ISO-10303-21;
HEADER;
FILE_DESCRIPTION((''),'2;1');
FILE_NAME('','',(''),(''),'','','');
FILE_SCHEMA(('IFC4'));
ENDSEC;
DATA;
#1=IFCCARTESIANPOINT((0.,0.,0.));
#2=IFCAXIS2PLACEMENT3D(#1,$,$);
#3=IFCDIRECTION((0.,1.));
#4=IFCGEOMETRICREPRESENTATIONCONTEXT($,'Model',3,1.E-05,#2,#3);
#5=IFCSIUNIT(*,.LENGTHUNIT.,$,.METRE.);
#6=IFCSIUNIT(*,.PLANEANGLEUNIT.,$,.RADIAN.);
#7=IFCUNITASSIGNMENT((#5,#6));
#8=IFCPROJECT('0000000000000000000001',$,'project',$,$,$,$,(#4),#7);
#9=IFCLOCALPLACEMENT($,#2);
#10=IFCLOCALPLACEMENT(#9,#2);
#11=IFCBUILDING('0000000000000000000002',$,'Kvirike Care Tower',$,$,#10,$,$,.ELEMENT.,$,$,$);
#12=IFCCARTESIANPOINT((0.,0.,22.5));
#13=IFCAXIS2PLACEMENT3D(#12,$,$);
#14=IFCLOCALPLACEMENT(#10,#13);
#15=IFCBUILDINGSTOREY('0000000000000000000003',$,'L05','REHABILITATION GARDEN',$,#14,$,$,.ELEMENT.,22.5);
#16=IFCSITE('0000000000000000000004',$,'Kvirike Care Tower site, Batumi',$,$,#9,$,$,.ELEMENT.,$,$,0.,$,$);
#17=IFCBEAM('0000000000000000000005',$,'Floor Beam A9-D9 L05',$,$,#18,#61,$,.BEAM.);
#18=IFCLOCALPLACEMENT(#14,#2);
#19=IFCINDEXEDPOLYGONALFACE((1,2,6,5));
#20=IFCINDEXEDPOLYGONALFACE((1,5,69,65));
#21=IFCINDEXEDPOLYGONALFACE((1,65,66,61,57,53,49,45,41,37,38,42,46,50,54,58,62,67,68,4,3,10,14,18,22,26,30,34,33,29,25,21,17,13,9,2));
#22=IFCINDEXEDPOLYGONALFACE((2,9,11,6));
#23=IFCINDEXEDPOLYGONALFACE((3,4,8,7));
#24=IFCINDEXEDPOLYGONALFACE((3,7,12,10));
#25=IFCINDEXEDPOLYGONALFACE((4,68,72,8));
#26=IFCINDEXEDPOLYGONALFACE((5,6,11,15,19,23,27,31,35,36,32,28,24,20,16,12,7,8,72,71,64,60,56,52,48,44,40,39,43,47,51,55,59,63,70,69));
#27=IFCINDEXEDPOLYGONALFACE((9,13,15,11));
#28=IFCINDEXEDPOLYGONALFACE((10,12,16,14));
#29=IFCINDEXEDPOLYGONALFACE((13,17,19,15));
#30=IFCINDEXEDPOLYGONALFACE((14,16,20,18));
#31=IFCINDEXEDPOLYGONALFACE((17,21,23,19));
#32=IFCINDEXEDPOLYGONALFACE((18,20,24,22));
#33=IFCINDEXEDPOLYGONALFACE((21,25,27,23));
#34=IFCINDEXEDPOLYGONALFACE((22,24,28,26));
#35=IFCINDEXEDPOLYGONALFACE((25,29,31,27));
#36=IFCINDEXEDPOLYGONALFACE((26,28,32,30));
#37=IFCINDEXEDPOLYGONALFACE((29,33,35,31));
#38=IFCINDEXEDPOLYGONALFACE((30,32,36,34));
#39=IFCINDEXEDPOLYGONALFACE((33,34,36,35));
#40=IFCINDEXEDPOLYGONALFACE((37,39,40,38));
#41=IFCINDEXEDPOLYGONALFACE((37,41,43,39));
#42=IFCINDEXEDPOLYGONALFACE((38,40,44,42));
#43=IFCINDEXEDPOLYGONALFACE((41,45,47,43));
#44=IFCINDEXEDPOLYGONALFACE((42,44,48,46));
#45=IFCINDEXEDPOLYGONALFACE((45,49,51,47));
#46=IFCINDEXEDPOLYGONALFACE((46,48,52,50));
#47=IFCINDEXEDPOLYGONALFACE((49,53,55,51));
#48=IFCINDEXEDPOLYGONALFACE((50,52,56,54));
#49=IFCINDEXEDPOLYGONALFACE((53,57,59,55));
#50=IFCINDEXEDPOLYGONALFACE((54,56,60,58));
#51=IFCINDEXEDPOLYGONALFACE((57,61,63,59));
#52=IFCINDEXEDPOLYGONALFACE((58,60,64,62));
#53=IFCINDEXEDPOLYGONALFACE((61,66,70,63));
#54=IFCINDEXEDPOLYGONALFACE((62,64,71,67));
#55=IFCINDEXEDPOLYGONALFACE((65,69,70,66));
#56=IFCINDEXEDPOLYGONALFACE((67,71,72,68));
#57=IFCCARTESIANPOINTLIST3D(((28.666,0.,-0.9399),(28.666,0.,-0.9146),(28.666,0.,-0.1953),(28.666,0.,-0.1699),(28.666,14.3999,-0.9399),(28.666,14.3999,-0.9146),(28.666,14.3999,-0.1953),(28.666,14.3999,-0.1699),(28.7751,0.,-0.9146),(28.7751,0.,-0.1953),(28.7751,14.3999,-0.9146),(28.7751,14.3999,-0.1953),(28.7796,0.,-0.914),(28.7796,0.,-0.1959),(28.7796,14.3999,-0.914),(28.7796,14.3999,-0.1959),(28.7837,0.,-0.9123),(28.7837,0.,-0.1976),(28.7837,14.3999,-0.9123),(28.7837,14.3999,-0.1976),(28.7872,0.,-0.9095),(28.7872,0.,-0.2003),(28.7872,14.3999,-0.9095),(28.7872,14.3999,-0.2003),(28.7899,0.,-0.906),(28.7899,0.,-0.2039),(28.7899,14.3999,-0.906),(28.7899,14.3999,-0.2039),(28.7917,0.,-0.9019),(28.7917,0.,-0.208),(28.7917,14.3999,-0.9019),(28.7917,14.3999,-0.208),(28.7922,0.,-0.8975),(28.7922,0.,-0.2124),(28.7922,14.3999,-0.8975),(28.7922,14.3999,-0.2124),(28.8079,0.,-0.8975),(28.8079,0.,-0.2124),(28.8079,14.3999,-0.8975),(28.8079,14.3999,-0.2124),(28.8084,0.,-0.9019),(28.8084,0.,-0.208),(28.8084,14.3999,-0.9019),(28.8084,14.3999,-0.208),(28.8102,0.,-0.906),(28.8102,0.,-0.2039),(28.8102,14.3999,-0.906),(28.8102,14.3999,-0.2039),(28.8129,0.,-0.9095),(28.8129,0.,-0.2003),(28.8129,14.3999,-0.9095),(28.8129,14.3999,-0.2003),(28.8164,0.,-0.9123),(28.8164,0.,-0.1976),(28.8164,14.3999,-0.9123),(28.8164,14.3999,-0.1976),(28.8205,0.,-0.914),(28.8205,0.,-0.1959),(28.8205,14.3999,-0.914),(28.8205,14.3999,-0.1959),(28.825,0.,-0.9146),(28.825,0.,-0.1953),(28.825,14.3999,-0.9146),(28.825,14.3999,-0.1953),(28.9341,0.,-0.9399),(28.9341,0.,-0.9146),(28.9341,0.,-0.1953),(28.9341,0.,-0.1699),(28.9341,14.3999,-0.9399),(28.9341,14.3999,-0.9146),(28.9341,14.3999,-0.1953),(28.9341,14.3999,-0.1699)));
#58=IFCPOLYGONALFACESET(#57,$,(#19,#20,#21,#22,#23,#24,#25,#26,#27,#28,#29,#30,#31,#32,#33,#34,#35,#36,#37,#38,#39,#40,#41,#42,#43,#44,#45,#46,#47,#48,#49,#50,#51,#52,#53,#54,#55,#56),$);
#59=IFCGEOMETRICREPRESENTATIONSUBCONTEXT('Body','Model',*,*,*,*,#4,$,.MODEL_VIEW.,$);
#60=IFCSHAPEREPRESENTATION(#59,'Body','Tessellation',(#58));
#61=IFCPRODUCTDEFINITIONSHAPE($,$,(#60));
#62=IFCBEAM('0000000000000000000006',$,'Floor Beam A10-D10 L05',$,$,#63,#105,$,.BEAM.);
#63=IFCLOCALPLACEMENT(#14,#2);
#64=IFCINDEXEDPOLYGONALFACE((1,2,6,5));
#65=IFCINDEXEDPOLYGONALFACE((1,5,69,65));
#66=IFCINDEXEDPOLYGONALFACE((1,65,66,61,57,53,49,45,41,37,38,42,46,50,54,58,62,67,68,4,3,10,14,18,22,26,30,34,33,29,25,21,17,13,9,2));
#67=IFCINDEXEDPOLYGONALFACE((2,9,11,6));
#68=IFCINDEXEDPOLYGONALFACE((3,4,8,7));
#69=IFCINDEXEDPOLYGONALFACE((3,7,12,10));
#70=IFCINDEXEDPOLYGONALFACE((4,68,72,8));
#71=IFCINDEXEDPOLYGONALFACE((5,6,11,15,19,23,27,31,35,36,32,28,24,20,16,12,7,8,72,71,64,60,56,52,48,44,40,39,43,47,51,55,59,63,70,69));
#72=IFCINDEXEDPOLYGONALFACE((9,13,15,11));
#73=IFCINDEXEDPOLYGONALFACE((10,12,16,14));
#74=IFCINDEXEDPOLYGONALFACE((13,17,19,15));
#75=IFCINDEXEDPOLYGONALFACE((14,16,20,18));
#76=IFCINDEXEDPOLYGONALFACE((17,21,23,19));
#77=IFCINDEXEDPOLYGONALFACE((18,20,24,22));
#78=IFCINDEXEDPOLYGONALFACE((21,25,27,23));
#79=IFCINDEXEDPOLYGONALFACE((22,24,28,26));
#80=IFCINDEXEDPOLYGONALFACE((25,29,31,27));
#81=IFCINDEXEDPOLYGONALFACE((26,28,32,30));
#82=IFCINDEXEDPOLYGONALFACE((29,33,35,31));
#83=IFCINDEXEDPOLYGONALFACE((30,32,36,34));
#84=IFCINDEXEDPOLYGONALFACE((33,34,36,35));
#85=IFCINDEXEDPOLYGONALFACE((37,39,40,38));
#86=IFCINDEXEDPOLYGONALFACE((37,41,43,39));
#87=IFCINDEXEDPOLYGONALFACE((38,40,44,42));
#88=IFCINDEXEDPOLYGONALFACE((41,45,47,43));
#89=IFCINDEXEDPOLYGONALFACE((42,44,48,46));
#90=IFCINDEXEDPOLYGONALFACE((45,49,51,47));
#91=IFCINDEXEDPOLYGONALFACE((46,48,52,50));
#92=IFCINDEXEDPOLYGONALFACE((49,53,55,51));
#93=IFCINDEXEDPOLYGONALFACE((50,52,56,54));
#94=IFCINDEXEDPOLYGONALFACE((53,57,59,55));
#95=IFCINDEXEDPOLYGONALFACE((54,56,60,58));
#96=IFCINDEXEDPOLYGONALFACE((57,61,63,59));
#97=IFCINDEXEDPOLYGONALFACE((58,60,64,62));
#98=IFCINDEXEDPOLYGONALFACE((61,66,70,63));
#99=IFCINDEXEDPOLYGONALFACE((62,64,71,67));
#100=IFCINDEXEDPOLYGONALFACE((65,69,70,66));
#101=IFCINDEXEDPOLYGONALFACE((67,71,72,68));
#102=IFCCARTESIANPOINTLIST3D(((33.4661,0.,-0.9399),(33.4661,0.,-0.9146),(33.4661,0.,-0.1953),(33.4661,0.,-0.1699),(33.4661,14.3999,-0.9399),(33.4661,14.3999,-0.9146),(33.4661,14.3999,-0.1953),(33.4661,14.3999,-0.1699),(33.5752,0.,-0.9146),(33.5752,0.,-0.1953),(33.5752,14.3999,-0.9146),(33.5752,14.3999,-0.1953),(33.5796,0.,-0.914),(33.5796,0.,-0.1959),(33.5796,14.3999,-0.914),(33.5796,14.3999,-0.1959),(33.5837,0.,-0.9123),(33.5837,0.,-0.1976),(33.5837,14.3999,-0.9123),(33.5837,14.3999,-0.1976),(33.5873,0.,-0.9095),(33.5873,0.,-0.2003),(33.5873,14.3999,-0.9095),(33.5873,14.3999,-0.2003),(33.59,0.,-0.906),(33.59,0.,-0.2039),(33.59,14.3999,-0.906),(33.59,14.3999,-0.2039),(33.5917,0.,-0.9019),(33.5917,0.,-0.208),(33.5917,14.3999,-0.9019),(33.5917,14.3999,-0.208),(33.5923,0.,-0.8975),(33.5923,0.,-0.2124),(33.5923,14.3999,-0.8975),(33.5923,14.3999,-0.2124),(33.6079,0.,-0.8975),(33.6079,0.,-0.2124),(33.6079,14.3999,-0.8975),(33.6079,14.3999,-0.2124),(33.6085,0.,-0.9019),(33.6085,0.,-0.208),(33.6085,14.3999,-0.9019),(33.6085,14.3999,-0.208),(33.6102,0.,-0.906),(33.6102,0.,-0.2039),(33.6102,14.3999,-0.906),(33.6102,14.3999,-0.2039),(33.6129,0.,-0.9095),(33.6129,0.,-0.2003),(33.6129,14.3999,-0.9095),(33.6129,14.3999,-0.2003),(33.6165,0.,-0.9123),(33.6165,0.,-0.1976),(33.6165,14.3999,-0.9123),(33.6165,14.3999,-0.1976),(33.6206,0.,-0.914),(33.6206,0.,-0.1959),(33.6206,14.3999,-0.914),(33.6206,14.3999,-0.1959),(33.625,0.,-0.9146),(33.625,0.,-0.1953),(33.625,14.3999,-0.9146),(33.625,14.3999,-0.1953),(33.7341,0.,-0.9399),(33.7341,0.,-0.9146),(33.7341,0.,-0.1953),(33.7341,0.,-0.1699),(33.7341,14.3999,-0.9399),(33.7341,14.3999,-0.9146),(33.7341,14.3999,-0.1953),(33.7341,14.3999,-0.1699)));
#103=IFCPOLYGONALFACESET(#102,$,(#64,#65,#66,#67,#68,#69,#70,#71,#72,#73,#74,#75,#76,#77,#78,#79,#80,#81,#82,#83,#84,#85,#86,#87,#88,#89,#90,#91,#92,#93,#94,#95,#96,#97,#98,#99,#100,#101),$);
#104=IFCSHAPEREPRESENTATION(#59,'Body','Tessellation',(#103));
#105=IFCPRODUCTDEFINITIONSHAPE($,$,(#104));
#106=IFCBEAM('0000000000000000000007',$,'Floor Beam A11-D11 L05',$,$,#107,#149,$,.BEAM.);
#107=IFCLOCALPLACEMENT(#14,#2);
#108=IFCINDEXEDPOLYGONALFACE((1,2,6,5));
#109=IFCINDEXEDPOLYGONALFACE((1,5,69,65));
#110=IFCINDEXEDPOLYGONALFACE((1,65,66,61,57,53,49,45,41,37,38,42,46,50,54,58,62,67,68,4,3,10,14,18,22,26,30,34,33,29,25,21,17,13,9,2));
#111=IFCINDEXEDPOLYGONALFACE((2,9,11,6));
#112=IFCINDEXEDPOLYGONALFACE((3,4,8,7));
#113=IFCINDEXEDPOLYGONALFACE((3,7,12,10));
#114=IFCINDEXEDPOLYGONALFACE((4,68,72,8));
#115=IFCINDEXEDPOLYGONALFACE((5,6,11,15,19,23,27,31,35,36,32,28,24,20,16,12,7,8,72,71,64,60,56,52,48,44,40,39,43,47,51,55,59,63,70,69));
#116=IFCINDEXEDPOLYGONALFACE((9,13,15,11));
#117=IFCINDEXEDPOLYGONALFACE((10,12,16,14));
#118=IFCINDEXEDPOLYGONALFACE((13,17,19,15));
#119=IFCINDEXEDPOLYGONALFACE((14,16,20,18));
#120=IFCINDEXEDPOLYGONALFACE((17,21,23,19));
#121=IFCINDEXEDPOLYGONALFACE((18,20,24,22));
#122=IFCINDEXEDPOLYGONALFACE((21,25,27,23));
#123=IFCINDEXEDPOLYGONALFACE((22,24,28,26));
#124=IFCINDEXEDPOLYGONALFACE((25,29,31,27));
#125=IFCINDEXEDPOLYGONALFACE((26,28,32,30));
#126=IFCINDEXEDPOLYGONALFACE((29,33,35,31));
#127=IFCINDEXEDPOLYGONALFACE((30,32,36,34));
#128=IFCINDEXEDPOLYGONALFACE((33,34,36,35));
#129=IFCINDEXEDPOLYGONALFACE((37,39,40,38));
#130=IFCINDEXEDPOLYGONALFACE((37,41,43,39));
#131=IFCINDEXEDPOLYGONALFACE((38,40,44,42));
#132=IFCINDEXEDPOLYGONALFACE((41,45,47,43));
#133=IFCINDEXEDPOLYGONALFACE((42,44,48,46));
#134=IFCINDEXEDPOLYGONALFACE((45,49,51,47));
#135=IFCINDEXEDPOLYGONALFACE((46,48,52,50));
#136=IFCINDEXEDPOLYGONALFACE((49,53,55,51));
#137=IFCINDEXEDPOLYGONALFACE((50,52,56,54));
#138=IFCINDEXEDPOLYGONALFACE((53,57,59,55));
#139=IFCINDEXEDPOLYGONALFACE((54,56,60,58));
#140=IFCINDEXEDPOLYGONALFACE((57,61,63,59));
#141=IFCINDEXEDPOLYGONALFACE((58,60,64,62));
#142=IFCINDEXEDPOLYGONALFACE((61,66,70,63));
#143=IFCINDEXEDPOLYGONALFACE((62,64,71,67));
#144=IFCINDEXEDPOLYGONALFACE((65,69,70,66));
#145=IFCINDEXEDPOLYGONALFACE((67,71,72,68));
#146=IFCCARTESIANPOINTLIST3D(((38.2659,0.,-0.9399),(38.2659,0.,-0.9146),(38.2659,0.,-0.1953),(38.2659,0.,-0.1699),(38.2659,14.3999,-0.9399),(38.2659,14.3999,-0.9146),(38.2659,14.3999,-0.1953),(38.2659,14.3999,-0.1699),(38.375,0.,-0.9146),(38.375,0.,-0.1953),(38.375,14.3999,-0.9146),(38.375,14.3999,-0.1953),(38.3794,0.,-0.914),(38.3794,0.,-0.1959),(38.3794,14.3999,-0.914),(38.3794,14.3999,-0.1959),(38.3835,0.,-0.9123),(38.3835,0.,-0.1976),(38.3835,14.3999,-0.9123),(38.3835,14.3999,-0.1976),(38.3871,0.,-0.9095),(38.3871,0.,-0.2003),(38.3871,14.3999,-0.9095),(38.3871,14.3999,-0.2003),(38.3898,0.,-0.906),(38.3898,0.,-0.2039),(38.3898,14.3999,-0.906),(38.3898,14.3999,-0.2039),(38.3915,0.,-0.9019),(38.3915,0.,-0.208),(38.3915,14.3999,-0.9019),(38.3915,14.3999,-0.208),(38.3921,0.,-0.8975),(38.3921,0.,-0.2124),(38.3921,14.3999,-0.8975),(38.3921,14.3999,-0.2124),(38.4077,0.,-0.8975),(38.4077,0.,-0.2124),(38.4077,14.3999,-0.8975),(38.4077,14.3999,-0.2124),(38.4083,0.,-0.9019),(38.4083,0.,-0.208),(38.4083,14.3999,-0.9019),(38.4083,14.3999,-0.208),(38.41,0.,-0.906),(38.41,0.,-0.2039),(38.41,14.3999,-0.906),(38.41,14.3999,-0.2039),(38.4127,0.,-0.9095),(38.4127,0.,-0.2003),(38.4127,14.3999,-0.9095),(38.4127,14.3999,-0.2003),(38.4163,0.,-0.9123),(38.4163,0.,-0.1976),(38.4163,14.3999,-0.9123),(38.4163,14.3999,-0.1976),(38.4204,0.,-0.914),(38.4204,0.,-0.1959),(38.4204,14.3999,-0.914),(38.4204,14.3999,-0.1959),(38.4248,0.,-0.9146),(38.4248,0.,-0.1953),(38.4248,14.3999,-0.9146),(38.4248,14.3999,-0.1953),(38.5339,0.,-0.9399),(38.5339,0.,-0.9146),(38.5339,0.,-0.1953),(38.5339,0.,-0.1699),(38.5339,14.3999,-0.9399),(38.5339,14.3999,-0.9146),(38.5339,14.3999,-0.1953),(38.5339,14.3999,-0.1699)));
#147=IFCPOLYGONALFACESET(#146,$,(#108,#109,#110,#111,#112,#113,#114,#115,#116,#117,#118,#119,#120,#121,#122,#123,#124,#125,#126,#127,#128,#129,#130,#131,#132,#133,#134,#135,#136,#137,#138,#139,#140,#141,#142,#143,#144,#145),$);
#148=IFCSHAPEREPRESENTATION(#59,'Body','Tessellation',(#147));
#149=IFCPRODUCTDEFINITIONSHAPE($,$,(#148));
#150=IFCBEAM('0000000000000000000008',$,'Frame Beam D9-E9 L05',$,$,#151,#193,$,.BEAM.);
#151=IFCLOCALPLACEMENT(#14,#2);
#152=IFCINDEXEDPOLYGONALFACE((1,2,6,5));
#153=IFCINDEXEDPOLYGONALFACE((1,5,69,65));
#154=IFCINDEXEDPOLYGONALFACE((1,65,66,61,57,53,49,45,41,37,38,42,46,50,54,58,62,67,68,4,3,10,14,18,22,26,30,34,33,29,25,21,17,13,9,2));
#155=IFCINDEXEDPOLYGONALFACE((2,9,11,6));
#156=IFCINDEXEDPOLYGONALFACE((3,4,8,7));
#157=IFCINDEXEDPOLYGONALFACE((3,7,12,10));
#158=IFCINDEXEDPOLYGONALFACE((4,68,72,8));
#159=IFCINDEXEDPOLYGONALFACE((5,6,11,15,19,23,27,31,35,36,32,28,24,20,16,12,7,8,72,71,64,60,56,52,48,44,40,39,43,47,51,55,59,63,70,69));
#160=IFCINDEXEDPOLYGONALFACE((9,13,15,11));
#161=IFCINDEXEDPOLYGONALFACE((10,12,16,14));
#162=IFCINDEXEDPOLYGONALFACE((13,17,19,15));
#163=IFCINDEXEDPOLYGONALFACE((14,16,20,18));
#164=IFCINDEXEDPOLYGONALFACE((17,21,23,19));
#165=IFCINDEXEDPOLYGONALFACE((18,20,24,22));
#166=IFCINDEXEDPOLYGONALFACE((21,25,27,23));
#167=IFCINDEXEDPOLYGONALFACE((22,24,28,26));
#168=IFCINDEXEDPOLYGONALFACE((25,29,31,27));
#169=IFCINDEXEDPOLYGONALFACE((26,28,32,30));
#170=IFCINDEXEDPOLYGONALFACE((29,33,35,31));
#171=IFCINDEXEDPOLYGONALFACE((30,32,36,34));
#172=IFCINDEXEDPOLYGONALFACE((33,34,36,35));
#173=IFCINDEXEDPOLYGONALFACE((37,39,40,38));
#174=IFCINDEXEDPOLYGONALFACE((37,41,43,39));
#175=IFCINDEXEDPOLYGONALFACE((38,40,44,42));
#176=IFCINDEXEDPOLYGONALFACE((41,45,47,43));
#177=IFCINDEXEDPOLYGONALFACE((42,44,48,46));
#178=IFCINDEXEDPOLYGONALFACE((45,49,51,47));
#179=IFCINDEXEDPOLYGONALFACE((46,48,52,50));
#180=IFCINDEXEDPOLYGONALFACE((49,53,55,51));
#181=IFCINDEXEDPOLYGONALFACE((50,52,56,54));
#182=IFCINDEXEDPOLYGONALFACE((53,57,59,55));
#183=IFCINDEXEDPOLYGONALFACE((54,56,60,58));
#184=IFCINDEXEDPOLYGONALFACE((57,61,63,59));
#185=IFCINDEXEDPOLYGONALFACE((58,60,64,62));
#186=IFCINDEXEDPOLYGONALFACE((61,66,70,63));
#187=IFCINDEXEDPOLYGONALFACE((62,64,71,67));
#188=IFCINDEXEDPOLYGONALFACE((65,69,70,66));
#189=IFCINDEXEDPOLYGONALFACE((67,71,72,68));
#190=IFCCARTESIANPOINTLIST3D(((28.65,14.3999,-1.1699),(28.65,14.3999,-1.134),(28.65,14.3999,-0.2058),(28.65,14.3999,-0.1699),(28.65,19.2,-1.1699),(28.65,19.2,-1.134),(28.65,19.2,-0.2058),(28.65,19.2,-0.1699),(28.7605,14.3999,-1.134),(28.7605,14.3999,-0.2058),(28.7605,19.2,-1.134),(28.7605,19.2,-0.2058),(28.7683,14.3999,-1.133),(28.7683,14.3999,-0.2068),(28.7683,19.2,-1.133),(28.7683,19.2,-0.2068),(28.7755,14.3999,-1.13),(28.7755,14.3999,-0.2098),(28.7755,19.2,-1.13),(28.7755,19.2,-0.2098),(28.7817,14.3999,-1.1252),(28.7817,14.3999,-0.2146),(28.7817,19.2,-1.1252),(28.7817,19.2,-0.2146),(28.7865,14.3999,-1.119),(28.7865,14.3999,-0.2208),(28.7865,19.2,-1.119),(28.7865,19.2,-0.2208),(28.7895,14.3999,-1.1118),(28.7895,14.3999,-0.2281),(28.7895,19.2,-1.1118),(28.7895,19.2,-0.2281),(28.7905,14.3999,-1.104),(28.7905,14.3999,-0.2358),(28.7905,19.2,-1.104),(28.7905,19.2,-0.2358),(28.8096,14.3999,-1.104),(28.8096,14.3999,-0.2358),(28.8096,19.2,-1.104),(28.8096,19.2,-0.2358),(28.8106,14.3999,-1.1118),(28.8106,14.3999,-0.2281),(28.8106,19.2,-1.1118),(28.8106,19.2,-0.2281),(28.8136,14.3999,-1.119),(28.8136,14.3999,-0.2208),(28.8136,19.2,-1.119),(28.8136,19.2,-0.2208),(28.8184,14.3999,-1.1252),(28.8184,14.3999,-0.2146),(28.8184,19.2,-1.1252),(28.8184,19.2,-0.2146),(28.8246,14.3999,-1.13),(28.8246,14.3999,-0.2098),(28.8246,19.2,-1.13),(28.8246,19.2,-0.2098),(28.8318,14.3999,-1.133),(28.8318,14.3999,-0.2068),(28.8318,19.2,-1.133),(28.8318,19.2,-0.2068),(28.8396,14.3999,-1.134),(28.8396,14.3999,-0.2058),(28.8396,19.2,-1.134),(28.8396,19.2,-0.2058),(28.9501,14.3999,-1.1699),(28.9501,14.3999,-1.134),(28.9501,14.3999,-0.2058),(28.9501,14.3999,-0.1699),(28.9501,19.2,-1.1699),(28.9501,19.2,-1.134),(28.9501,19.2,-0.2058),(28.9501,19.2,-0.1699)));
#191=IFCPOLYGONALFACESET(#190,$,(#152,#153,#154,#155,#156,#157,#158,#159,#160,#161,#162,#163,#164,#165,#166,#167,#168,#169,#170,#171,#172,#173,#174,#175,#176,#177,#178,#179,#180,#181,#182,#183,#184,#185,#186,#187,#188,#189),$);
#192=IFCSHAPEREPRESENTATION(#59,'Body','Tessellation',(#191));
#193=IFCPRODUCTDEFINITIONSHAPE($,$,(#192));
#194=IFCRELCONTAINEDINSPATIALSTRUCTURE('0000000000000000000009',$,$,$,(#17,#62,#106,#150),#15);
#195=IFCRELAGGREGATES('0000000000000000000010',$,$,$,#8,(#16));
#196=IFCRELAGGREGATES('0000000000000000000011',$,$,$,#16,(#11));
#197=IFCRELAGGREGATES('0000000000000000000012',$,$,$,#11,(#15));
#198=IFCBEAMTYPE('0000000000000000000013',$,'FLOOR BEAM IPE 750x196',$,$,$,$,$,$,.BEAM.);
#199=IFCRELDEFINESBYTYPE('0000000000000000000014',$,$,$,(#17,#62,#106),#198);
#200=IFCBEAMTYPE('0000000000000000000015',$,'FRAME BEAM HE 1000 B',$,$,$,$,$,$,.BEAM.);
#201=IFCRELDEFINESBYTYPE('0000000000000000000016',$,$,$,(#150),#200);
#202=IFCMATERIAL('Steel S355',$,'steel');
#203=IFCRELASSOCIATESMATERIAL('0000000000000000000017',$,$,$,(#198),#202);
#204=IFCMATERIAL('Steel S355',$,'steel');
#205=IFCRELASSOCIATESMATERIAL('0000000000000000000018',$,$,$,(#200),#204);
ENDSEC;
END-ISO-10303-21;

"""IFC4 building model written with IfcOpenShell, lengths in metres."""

from ifc_helpers import new_model, si_unit, direction, frame, origin, origin_2d, place, context, subcontext, project, spatial, i_section, extrude, material, material_profile, profile_set, type_object, element, save


model = new_model("IFC4")

# Units and contexts
model_context = context("Model", 3, precision=1e-05, world=origin(), true_north=direction((0.0, 1.0)))
body_context = subcontext(model_context, "Body", "Model", "MODEL_VIEW")
ifc_project = project(units=[si_unit("LENGTHUNIT", "METRE"), si_unit("PLANEANGLEUNIT", "RADIAN")], contexts=[model_context])

# Site, building, storey
site_placement = place(None, origin())
site = spatial("IfcSite", under=ifc_project, at=site_placement, Name="Kvirike Care Tower site, Batumi", CompositionType="ELEMENT", RefElevation=0.0)
building_placement = place(site_placement, origin())
building = spatial("IfcBuilding", under=site, at=building_placement, Name="Kvirike Care Tower", CompositionType="ELEMENT")
storey_placement = place(building_placement, frame((0.0, 0.0, 22.5)))
storey = spatial("IfcBuildingStorey", under=building, at=storey_placement, Name="L05", Description="REHABILITATION GARDEN", CompositionType="ELEMENT", Elevation=22.5)

# Beams
ifc_material_1 = material(Name="Steel S355", Category="steel")
ifc_material_profile_1 = material_profile(ifc_material_1, i_section(OverallWidth=0.2681, OverallDepth=0.77, WebThickness=0.0156, FlangeThickness=0.0254, FilletRadius=0.0171, at=origin_2d()), Name="IPE 750x196")
ifc_profile_set_1 = profile_set([ifc_material_profile_1], Name="Steel S355")
beam_type_1 = type_object("IfcBeamType", Name="FLOOR BEAM IPE 750x196", PredefinedType="BEAM", material=ifc_profile_set_1)
for number, where, z_axis, x_axis, name in (
    (1, (28.8, 0.0, -0.5549), (0.0, 1.0, 0.0), (-1.0, 0.0, 0.0), "Floor Beam A9-D9 L05"),
    (2, (33.6001, 0.0, -0.5549), (0.0, 1.0, 0.0), (-1.0, 0.0, 0.0), "Floor Beam A10-D10 L05"),
    (3, (38.3999, 0.0, -0.5549), (0.0, 1.0, 0.0), (-1.0, 0.0, 0.0), "Floor Beam A11-D11 L05"),
):
    element("IfcBeam", number, at=place(storey_placement, frame(where, z_axis=z_axis, x_axis=x_axis)), inside=storey, type_object=beam_type_1, Name=name, PredefinedType="BEAM", context=body_context, shape_type="SweptSolid", body=[
        extrude(i_section(OverallWidth=0.2681, OverallDepth=0.77, WebThickness=0.0156, FlangeThickness=0.0254, FilletRadius=0.0171, at=origin_2d()), origin(), (0.0, 0.0, 1.0), 14.3999),
    ])
ifc_material_2 = material(Name="Steel S355", Category="steel")
ifc_material_profile_2 = material_profile(ifc_material_2, i_section(OverallWidth=0.3, OverallDepth=1.0, WebThickness=0.019, FlangeThickness=0.0359, FilletRadius=0.03, at=origin_2d()), Name="HE 1000 B")
ifc_profile_set_2 = profile_set([ifc_material_profile_2], Name="Steel S355")
beam_type_2 = type_object("IfcBeamType", Name="FRAME BEAM HE 1000 B", PredefinedType="BEAM", material=ifc_profile_set_2)
for number, where, z_axis, x_axis, name in (
    (4, (28.8, 14.3999, -0.6699), (0.0, 1.0, 0.0), (-1.0, 0.0, 0.0), "Frame Beam D9-E9 L05"),
):
    element("IfcBeam", number, at=place(storey_placement, frame(where, z_axis=z_axis, x_axis=x_axis)), inside=storey, type_object=beam_type_2, Name=name, PredefinedType="BEAM", context=body_context, shape_type="SweptSolid", body=[
        extrude(i_section(OverallWidth=0.3, OverallDepth=1.0, WebThickness=0.019, FlangeThickness=0.0359, FilletRadius=0.03, at=origin_2d()), origin(), (0.0, 0.0, 1.0), 4.8),
    ])

save(model, "model.ifc")
